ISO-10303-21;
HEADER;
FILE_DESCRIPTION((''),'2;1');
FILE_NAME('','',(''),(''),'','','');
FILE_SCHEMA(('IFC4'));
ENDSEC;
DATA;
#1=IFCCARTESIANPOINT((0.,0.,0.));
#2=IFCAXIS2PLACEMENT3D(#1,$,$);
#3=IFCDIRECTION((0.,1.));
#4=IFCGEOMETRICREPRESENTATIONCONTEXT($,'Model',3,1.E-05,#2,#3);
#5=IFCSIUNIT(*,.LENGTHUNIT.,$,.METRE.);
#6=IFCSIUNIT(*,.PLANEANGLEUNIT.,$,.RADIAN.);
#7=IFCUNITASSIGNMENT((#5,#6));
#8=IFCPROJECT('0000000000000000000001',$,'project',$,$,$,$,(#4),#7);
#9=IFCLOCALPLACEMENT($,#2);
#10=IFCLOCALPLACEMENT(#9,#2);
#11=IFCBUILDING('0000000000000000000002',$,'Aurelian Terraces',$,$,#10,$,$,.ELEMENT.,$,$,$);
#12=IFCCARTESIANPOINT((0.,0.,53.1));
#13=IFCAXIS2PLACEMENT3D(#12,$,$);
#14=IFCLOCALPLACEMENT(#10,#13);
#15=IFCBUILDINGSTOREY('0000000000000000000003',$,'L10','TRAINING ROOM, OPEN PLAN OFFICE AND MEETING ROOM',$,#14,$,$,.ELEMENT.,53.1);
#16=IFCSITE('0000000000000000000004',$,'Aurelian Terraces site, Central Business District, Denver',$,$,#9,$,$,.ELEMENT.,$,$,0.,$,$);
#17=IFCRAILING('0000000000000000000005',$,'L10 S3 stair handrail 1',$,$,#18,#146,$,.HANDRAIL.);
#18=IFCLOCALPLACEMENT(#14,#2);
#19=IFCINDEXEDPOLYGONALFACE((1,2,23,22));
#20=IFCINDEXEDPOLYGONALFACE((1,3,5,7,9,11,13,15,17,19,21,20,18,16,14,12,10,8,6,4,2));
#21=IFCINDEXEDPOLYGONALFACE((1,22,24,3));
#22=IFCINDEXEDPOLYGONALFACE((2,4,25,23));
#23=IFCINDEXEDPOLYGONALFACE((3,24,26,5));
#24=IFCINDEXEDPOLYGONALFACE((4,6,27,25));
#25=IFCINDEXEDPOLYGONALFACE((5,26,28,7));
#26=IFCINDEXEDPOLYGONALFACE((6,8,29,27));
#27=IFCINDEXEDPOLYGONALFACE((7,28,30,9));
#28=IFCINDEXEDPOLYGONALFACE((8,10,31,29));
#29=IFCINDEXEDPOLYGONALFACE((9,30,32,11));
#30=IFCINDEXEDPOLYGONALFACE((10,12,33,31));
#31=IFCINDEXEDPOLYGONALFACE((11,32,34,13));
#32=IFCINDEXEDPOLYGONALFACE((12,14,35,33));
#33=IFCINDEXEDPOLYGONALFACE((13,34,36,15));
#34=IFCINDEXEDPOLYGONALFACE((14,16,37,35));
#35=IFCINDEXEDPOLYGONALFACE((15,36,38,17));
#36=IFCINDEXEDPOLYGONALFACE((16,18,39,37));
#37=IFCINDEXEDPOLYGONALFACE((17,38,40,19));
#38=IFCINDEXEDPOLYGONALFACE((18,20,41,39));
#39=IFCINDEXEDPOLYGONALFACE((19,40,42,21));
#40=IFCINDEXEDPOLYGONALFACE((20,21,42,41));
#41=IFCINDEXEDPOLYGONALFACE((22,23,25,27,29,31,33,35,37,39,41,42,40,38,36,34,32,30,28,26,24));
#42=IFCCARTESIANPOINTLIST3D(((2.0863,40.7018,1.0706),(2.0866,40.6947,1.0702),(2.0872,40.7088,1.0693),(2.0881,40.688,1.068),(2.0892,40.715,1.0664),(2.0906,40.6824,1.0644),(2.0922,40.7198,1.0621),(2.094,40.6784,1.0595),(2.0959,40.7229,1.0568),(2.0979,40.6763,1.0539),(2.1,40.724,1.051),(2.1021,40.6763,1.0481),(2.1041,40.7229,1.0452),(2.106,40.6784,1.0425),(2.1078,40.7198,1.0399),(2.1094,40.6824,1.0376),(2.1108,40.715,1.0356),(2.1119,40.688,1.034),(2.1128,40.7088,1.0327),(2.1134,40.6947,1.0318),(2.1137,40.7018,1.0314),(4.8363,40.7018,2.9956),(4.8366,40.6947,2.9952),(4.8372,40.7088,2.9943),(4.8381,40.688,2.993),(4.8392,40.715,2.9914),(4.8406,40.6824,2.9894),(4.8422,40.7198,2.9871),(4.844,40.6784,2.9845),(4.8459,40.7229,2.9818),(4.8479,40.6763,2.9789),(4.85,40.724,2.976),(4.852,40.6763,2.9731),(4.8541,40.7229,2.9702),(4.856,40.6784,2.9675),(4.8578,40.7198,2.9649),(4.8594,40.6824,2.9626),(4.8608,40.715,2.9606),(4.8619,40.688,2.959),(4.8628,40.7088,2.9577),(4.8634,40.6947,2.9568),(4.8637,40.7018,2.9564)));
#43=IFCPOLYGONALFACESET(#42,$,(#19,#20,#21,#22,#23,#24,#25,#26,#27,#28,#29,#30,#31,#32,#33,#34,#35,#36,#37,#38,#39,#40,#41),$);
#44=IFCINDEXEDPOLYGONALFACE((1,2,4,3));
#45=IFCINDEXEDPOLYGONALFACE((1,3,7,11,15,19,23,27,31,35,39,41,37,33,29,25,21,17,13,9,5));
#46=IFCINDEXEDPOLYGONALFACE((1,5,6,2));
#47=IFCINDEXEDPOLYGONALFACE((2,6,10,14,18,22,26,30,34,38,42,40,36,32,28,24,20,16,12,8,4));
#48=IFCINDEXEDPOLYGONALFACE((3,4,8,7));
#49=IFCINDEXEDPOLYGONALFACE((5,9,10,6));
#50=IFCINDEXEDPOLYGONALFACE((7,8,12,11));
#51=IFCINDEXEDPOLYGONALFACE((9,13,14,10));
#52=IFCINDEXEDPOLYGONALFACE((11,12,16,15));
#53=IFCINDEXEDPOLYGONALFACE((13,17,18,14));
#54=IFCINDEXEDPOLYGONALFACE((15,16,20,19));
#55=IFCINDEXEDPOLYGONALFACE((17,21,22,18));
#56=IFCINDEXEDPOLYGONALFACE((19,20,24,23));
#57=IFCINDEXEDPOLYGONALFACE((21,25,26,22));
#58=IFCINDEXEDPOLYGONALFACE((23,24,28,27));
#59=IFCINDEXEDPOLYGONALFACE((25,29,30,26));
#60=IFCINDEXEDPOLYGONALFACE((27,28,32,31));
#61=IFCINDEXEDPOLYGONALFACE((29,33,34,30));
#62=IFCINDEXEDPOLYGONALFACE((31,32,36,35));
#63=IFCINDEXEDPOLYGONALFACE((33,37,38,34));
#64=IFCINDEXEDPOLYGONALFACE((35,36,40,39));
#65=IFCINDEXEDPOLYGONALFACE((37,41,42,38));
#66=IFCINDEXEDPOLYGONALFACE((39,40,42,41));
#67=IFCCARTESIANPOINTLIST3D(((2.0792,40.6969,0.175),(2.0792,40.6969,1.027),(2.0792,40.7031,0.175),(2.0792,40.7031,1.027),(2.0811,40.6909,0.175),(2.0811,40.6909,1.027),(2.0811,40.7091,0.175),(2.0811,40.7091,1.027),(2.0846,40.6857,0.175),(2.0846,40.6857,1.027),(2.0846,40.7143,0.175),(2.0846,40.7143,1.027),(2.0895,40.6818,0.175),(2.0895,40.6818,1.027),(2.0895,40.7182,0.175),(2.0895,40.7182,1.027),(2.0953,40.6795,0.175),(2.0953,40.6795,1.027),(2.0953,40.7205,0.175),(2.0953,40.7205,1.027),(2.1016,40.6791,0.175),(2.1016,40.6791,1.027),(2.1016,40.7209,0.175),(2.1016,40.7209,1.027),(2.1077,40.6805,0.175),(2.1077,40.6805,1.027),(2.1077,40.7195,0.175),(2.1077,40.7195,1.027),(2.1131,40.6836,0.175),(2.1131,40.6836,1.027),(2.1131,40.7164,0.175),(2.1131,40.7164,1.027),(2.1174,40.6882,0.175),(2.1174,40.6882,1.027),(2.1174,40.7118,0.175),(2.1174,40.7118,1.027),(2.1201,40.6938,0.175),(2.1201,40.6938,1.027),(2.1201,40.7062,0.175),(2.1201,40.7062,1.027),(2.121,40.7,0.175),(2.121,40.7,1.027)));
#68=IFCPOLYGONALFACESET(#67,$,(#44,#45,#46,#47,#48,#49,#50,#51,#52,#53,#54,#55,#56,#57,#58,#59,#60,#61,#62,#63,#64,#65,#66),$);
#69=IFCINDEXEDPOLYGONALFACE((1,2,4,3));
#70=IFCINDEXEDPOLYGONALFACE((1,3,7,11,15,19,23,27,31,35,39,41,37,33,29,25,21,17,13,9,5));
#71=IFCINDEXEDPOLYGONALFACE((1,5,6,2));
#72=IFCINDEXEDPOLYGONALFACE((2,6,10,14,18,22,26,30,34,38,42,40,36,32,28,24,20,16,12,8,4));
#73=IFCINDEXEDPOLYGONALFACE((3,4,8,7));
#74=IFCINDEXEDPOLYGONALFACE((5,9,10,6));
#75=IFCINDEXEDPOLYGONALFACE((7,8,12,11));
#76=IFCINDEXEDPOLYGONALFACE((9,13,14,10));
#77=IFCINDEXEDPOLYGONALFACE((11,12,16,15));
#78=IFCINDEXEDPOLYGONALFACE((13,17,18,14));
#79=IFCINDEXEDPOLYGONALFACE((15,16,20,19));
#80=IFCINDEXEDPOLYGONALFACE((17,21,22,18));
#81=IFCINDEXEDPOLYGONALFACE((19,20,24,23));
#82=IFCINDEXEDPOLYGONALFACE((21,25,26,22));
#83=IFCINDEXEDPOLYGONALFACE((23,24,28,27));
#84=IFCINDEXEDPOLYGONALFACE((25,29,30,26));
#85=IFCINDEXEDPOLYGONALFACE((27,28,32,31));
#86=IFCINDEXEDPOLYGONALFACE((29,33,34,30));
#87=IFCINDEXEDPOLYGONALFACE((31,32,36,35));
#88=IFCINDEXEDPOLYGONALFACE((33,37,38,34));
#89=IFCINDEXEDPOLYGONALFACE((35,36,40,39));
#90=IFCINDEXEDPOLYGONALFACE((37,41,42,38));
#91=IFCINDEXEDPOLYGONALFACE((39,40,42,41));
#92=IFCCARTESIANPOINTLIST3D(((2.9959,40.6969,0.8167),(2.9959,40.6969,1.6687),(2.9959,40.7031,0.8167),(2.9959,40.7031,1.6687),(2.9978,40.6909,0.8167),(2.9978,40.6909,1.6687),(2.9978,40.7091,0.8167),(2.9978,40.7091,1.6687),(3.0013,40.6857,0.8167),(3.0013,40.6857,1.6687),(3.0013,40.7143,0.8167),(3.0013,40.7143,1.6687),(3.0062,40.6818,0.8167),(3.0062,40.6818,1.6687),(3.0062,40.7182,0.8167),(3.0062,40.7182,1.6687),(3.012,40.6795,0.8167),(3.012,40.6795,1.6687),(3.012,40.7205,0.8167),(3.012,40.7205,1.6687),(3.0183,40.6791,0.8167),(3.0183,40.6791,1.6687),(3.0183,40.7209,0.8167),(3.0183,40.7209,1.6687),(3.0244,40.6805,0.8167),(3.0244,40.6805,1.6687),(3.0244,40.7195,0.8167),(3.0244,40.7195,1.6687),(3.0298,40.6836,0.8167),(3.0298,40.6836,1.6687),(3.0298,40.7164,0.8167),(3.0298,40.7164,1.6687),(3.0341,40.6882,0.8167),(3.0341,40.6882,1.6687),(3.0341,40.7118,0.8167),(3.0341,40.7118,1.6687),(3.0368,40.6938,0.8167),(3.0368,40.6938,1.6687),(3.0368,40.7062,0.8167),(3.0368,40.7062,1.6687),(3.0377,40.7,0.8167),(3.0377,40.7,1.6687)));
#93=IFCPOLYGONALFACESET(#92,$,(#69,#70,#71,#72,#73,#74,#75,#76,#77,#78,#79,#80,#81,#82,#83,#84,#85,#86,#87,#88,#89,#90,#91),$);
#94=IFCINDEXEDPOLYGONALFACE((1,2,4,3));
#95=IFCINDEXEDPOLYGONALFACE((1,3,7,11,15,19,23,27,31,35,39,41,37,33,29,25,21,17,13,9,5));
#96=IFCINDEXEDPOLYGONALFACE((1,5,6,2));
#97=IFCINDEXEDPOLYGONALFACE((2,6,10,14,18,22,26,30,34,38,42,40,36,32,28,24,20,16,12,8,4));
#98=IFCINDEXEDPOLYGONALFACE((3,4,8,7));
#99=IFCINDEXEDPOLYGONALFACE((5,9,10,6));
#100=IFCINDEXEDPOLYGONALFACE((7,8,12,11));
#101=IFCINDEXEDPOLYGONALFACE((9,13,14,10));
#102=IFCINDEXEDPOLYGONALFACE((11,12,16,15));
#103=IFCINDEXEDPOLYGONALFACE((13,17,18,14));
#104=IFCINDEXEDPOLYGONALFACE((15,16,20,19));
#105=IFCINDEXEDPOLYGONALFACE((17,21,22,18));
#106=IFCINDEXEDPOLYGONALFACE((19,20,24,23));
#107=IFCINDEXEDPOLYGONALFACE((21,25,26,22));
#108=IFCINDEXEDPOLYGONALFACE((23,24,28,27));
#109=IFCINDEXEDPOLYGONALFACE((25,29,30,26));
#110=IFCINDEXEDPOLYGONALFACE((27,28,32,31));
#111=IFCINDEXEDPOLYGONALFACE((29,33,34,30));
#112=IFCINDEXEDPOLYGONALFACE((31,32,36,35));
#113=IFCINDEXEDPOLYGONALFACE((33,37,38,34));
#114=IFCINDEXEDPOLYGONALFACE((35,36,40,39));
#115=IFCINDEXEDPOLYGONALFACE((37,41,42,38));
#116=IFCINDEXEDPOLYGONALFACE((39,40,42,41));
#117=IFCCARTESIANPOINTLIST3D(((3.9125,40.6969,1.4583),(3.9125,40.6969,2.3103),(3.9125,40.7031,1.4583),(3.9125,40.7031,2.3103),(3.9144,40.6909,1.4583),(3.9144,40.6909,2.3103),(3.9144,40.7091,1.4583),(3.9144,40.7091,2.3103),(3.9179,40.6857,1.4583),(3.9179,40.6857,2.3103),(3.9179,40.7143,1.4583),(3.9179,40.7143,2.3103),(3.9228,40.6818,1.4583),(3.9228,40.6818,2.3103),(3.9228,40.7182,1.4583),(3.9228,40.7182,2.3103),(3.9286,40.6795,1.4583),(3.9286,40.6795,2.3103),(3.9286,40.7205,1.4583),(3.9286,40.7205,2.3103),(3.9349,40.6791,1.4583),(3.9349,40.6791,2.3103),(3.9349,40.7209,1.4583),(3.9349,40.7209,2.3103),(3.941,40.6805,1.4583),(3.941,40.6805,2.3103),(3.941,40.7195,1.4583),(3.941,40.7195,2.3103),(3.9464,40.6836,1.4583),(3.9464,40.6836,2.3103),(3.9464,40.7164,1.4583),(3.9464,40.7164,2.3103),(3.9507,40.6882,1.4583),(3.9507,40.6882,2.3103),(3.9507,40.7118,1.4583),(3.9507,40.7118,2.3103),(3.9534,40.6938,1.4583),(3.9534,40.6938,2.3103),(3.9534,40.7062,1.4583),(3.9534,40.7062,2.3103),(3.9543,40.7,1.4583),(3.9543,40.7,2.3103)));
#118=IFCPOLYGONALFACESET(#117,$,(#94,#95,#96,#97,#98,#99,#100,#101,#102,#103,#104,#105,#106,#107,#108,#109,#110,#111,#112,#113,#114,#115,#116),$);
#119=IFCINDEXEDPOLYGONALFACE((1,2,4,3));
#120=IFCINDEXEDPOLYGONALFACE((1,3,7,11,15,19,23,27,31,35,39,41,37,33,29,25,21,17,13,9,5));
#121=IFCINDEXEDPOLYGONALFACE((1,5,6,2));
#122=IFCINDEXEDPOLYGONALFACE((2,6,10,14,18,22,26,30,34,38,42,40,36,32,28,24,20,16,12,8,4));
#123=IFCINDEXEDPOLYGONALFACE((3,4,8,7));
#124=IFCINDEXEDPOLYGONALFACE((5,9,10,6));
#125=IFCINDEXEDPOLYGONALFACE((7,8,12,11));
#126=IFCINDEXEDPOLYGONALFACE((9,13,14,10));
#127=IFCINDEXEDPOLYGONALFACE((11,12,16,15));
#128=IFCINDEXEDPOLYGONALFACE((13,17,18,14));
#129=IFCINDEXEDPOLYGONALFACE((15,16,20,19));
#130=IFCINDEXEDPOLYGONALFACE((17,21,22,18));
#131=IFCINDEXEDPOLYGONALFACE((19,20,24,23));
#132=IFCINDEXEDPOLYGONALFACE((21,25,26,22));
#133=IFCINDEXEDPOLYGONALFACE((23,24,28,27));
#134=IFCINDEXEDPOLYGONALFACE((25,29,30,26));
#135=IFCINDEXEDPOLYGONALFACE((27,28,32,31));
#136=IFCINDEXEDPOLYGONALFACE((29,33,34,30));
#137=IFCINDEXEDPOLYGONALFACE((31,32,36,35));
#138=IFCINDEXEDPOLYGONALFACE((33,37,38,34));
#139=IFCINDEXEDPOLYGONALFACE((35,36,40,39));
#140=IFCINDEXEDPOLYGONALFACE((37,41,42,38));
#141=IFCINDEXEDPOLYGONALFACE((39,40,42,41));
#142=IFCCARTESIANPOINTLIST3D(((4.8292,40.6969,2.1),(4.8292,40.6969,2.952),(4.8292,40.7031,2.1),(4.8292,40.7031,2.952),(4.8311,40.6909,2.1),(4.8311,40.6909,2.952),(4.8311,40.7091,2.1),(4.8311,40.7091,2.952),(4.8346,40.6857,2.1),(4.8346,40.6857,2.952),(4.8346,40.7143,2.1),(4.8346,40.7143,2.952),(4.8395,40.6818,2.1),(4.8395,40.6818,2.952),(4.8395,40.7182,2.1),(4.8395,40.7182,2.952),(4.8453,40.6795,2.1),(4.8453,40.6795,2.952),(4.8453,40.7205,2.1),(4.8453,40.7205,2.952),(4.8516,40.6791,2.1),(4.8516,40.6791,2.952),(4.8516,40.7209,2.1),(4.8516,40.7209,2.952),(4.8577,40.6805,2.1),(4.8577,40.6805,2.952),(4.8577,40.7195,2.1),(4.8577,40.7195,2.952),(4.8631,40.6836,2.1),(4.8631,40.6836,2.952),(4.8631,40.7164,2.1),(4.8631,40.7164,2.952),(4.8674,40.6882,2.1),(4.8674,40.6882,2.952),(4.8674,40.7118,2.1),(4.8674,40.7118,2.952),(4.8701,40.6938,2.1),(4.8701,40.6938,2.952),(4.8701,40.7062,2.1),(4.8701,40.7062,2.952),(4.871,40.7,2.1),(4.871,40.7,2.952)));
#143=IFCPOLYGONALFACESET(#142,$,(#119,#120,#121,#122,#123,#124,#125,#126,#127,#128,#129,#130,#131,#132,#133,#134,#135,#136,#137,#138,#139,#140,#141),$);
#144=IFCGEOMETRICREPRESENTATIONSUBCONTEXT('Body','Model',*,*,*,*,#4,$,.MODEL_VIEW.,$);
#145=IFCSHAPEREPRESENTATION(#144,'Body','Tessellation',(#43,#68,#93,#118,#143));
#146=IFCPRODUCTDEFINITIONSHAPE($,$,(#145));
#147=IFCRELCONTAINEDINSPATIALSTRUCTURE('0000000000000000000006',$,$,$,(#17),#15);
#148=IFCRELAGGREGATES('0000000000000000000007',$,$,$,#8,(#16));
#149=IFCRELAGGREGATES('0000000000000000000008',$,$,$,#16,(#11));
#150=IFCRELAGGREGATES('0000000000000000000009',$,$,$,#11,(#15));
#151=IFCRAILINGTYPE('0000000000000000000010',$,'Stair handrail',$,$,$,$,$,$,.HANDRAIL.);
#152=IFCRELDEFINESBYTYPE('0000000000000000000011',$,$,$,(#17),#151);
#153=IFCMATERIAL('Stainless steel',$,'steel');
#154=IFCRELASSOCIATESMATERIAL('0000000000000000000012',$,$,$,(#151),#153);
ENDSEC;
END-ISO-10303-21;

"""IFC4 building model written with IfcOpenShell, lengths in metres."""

from ifc_helpers import new_model, si_unit, direction, frame, origin, origin_2d, place, context, subcontext, project, spatial, circle, extrude, source, transform, mapped, material, type_object, element, save


model = new_model("IFC4")

# Units and contexts
model_context = context("Model", 3, precision=1e-05, world=origin(), true_north=direction((0.0, 1.0)))
body_context = subcontext(model_context, "Body", "Model", "MODEL_VIEW")
ifc_project = project(units=[si_unit("LENGTHUNIT", "METRE"), si_unit("PLANEANGLEUNIT", "RADIAN")], contexts=[model_context])

# Site, building, storey
site_placement = place(None, origin())
site = spatial("IfcSite", under=ifc_project, at=site_placement, Name="Aurelian Terraces site, Central Business District, Denver", CompositionType="ELEMENT", RefElevation=0.0)
building_placement = place(site_placement, origin())
building = spatial("IfcBuilding", under=site, at=building_placement, Name="Aurelian Terraces", CompositionType="ELEMENT")
storey_placement = place(building_placement, frame((0.0, 0.0, 53.1)))
storey = spatial("IfcBuildingStorey", under=building, at=storey_placement, Name="L10", Description="TRAINING ROOM, OPEN PLAN OFFICE AND MEETING ROOM", CompositionType="ELEMENT", Elevation=53.1)

# Railing
ifc_material_1 = material(Name="Stainless steel", Category="steel")
railing_type_1 = type_object("IfcRailingType", Name="Stair handrail", PredefinedType="HANDRAIL", material=ifc_material_1)
shared_shape_1 = source(origin(), body_context, "Body", "SweptSolid", [
    extrude(circle(Radius=0.024, at=origin_2d()), frame((0.0, 0.0, 0.876), z_axis=(0.819232, 0.0, 0.573462), x_axis=(0.0, 1.0, 0.0)), (0.0, 0.0, 1.0), 3.3568),
    extrude(circle(Radius=0.021, at=origin_2d()), origin(), (0.0, 0.0, 1.0), 0.852),
    extrude(circle(Radius=0.021, at=origin_2d()), frame((0.9167, 0.0, 0.6417)), (0.0, 0.0, 1.0), 0.852),
    extrude(circle(Radius=0.021, at=origin_2d()), frame((1.8333, 0.0, 1.2833)), (0.0, 0.0, 1.0), 0.852),
    extrude(circle(Radius=0.021, at=origin_2d()), frame((2.75, 0.0, 1.925)), (0.0, 0.0, 1.0), 0.852),
])
railing_1_placement = place(storey_placement, frame((2.1, 40.7, 0.175)))
element("IfcRailing", 1, at=railing_1_placement, inside=storey, type_object=railing_type_1, Name="L10 S3 stair handrail 1", PredefinedType="HANDRAIL", context=body_context, shape_type="MappedRepresentation", body=[
    mapped(shared_shape_1, transform((0.0, 0.0, 0.0), scale=1.0)),
])

save(model, "model.ifc")
